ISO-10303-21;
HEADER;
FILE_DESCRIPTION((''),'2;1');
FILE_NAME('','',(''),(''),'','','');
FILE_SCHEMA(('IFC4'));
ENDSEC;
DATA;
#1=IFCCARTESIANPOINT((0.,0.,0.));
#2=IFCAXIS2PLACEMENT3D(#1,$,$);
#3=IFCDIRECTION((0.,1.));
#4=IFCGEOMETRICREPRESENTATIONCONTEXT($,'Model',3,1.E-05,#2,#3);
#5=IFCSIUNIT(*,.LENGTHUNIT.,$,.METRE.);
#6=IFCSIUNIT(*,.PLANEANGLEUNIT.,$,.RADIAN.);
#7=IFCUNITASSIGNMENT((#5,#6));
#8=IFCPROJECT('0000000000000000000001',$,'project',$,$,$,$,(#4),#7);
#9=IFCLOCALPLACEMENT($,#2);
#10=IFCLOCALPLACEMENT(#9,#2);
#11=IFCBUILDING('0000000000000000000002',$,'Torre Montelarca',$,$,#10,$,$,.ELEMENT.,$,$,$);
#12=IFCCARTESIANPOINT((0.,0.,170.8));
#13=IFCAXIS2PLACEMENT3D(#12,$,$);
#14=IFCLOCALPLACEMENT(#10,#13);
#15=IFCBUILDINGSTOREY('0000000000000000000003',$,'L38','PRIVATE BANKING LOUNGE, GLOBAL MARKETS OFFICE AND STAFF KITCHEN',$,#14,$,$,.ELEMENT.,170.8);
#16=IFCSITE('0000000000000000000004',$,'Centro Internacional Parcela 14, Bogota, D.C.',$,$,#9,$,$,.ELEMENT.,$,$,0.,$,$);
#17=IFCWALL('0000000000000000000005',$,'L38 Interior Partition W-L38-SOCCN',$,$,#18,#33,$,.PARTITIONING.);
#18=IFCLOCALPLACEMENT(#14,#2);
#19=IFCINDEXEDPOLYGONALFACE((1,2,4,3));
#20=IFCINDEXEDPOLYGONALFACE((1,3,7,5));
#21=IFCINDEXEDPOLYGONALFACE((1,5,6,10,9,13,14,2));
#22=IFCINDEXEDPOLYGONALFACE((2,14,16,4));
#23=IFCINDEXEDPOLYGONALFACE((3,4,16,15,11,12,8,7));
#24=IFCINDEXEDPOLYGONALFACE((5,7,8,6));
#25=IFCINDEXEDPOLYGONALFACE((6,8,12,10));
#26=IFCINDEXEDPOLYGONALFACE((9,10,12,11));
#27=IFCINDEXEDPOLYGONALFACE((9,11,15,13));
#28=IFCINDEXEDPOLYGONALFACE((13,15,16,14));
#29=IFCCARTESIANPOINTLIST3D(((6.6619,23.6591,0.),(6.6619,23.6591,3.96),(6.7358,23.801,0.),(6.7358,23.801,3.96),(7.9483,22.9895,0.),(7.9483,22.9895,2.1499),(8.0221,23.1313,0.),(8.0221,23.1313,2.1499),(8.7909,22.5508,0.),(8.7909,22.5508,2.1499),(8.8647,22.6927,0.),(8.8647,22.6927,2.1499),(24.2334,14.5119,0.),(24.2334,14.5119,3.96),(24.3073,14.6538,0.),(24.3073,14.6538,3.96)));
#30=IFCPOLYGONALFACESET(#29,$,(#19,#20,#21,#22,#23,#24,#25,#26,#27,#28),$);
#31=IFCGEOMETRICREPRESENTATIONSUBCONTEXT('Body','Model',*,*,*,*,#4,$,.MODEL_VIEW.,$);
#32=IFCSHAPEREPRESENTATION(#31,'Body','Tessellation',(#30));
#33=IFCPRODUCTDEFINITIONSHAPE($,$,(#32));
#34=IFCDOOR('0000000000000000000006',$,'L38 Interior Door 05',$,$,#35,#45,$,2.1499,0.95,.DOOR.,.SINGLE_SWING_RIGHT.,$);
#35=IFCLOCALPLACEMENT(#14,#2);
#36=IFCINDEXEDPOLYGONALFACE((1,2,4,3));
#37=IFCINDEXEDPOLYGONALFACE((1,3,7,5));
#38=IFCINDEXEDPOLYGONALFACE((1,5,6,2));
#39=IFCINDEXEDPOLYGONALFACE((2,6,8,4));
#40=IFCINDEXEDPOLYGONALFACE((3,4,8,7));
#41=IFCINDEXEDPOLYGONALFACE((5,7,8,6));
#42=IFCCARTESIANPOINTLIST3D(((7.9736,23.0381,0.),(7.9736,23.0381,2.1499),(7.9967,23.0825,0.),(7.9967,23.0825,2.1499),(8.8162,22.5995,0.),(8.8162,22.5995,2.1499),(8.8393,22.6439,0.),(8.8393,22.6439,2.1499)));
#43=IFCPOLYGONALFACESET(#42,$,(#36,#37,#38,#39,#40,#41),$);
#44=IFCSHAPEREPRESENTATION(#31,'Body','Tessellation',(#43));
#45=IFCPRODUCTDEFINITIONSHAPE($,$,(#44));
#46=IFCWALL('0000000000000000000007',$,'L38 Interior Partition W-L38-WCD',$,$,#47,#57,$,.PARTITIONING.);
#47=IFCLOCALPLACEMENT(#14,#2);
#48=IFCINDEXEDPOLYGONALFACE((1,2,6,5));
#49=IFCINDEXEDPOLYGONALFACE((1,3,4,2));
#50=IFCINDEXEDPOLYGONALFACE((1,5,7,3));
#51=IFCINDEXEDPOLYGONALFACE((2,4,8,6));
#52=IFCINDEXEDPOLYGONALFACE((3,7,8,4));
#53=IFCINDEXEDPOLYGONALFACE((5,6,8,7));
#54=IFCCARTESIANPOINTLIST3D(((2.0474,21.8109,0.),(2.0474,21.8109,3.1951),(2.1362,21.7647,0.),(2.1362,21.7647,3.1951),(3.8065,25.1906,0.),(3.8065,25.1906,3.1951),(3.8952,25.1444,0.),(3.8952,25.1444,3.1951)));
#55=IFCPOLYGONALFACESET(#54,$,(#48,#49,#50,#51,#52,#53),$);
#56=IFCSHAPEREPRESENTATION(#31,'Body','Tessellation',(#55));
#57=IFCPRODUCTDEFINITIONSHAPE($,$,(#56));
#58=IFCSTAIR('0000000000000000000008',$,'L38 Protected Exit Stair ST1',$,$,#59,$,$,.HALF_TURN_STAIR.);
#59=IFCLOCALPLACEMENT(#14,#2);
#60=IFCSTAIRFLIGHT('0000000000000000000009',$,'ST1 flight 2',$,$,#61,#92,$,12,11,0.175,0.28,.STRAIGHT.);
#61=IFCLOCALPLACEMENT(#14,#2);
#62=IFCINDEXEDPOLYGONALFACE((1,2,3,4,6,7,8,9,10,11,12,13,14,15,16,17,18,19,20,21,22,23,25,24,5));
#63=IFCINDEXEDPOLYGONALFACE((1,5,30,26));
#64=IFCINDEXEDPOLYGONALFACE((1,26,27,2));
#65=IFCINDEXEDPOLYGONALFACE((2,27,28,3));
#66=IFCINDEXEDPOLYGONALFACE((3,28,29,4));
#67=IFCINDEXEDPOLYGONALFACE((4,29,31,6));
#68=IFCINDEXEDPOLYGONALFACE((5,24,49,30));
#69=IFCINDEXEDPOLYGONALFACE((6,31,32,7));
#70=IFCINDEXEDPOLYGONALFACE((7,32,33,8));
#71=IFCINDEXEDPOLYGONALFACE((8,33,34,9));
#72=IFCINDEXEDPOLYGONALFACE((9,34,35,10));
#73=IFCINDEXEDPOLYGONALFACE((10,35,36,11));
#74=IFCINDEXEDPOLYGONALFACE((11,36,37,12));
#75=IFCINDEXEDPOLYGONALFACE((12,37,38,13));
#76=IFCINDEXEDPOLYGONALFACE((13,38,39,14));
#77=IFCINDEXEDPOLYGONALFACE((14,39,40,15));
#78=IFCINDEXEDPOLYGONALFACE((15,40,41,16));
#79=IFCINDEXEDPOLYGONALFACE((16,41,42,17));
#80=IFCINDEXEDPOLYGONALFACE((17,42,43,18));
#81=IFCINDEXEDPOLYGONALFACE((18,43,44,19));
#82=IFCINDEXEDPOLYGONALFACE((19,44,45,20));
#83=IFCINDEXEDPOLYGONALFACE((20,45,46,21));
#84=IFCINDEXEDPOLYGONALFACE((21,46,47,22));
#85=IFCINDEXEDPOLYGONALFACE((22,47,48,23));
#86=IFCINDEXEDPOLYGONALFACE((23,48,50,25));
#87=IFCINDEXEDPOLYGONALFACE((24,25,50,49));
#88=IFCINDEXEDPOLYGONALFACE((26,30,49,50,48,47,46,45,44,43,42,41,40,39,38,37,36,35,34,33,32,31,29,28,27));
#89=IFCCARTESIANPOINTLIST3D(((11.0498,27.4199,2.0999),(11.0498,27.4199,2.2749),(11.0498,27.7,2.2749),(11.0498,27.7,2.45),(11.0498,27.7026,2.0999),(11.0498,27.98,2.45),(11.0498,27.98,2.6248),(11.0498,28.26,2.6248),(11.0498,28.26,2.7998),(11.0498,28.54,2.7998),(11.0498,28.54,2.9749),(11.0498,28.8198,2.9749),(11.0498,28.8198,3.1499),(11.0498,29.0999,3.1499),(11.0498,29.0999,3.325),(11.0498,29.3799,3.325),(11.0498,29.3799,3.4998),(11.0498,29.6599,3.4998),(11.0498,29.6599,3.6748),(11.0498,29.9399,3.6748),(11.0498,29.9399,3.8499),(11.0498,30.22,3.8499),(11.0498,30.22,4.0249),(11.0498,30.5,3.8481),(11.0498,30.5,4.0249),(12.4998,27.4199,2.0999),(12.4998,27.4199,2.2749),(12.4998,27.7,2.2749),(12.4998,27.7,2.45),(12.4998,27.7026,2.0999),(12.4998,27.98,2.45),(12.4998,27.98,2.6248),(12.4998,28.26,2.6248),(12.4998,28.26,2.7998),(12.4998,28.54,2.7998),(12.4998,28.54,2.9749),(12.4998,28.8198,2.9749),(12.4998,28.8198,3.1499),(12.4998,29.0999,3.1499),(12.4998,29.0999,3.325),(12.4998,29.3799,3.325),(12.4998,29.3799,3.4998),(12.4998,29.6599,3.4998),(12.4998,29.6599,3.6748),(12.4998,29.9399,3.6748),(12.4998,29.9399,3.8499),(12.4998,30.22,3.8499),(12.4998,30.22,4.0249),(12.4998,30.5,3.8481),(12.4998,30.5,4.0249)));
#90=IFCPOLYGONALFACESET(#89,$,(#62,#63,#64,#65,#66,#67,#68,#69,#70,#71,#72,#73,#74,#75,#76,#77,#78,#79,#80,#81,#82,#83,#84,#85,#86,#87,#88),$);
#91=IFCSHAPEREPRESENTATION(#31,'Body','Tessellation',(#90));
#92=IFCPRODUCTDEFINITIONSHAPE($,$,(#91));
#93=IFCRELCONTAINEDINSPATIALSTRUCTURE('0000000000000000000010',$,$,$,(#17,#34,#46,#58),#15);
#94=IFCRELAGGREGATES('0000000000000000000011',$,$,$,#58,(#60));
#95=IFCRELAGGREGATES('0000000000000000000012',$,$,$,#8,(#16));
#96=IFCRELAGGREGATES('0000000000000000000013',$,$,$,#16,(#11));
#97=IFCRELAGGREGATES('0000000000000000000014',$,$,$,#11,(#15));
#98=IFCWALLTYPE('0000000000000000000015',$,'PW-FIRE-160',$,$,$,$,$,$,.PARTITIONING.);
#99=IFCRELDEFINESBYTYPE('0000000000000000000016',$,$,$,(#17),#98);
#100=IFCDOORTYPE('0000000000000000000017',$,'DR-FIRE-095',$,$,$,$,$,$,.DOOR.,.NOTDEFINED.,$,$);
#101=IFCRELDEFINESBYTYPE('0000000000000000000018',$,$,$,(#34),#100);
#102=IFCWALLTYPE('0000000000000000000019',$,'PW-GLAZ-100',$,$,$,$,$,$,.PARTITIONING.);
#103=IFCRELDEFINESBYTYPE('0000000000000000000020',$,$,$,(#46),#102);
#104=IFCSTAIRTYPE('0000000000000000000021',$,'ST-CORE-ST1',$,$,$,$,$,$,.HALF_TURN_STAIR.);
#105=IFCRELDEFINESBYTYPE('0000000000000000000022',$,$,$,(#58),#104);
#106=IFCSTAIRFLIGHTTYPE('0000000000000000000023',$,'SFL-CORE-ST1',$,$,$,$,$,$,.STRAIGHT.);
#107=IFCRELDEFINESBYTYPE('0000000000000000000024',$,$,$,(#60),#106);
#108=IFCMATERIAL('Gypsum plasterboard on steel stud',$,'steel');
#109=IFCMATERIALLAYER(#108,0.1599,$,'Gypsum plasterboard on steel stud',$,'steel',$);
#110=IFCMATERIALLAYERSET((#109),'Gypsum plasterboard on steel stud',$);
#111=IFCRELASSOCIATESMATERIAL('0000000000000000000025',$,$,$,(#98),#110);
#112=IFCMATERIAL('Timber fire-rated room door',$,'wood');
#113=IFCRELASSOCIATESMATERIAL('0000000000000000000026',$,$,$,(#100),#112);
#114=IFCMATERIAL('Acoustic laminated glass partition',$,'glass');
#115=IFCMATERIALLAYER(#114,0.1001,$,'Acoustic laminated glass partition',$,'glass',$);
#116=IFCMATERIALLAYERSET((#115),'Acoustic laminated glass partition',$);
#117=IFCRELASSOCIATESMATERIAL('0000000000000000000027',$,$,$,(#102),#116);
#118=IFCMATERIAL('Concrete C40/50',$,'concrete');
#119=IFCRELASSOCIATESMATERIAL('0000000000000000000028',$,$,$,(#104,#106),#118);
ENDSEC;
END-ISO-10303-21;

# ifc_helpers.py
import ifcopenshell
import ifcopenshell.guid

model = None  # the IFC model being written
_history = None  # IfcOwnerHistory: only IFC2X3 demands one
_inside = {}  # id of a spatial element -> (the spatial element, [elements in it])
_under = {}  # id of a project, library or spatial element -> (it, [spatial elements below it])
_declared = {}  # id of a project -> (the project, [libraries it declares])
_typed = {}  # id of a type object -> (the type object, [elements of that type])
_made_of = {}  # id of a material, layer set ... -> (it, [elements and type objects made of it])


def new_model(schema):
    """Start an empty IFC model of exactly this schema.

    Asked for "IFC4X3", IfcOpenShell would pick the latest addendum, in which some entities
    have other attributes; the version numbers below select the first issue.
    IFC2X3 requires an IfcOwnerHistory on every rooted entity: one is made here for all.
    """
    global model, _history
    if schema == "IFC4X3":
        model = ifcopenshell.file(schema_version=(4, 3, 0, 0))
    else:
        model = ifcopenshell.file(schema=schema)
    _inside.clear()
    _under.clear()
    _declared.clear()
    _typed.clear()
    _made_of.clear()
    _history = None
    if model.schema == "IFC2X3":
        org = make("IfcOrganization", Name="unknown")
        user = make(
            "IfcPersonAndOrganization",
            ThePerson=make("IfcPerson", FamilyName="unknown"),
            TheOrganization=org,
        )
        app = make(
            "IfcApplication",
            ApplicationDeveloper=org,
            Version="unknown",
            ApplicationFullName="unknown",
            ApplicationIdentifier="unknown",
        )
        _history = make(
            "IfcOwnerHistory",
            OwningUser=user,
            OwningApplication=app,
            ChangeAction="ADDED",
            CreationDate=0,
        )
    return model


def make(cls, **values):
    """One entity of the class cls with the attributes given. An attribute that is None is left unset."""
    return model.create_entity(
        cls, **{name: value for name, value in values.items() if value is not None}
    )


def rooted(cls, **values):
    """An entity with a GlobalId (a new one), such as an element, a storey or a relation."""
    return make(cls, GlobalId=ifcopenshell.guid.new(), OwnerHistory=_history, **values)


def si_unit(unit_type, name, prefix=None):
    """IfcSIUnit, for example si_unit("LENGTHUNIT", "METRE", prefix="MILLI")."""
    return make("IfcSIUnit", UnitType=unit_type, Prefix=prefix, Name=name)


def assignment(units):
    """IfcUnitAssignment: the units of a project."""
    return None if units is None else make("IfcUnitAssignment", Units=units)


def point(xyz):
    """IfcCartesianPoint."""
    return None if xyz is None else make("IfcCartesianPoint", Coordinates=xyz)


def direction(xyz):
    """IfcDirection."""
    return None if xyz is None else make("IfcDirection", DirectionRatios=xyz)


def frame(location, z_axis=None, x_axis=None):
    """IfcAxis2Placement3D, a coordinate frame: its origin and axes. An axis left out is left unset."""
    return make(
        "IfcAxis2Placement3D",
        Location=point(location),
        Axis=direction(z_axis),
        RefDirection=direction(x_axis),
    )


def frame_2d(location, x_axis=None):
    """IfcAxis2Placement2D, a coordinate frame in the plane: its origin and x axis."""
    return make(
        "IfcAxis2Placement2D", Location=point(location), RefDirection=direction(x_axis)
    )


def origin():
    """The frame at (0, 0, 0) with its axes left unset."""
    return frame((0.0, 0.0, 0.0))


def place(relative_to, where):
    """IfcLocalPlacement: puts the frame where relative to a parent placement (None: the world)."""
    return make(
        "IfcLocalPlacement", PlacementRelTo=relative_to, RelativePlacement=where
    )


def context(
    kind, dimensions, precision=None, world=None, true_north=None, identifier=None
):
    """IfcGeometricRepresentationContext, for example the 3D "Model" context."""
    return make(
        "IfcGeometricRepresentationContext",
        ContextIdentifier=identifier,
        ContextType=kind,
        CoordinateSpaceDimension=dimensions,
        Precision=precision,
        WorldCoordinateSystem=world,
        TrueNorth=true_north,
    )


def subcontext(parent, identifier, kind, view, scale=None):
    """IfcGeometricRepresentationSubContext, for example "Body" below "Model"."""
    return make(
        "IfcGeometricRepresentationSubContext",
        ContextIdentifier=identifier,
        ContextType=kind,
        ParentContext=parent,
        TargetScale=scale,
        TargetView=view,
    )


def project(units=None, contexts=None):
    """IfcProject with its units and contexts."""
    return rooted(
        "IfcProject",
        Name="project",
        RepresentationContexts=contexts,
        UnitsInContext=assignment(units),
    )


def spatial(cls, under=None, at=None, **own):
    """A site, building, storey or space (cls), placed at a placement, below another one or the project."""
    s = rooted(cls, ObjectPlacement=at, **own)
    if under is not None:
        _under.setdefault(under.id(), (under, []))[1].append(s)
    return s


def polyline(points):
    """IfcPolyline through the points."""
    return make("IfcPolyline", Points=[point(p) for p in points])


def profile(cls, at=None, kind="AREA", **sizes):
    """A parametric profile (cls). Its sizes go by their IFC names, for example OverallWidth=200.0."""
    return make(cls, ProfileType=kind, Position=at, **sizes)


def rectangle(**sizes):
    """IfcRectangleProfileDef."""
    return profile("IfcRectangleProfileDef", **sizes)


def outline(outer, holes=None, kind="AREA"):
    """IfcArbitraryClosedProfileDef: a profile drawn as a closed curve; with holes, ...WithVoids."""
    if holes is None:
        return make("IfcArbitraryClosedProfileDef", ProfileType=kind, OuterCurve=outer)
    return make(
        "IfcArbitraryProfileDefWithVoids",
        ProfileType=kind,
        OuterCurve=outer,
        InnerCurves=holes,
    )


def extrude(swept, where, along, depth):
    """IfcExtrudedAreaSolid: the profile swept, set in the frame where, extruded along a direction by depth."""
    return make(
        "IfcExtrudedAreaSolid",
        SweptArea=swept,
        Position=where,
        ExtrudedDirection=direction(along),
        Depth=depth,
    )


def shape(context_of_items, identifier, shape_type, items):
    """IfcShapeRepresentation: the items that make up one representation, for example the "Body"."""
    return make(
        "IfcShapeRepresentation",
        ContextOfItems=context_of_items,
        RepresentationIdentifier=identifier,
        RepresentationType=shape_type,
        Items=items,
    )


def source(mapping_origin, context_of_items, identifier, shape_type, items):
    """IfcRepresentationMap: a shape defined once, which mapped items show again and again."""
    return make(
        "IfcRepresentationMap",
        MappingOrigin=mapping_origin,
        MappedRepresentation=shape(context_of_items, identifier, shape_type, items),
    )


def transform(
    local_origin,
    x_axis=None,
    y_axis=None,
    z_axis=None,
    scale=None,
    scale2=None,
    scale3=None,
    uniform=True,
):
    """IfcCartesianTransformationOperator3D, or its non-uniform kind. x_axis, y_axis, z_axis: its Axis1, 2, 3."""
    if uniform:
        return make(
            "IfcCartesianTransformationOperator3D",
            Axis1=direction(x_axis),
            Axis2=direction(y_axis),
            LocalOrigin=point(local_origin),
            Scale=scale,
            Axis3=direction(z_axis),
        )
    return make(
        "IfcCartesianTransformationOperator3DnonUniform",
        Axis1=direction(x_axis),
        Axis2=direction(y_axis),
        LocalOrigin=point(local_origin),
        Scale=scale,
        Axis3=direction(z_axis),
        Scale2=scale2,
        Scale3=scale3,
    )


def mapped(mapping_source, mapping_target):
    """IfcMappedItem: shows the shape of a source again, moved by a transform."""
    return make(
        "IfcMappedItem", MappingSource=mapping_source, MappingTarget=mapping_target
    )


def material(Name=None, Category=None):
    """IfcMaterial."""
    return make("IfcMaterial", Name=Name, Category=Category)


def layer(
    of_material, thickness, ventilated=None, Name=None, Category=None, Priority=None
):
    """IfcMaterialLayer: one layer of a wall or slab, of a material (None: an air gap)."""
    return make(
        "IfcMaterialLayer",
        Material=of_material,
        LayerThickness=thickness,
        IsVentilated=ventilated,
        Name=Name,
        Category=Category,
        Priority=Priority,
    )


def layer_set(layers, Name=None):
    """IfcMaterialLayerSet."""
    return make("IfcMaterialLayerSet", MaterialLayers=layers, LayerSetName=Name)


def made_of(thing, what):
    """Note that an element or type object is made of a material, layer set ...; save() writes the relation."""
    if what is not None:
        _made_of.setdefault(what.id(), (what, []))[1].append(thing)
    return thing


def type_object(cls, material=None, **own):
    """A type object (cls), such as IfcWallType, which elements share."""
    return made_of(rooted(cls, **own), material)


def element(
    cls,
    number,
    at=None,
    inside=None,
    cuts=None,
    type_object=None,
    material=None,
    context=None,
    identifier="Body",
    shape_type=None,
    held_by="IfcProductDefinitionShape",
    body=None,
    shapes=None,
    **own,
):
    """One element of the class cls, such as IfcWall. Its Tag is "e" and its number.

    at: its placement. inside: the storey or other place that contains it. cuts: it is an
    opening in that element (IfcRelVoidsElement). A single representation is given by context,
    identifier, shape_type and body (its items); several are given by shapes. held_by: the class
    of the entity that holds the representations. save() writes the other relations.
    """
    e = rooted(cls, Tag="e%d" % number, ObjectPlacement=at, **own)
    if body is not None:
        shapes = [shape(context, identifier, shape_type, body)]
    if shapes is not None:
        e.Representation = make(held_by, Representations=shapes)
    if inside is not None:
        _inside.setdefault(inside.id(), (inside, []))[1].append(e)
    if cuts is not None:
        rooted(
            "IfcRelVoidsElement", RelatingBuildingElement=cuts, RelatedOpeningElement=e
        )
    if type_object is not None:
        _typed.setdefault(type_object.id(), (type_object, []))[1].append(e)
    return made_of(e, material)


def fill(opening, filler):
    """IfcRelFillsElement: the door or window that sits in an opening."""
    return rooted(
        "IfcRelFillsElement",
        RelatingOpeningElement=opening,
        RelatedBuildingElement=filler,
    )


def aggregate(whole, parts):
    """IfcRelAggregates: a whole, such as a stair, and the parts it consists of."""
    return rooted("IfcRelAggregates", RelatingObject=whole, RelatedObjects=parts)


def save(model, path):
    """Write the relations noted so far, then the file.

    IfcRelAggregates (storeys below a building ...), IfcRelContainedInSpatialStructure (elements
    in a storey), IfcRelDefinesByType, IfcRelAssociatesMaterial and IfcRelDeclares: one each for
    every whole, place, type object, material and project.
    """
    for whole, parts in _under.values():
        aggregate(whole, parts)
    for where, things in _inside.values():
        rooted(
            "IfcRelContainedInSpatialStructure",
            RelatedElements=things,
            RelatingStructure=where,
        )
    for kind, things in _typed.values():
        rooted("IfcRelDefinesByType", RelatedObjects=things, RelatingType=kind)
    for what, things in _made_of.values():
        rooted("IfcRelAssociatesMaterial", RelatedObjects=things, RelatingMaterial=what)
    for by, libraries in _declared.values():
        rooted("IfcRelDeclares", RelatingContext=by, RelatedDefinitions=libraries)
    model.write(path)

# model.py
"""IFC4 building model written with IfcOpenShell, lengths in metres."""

from ifc_helpers import new_model, si_unit, direction, frame, frame_2d, origin, place, context, subcontext, project, spatial, polyline, rectangle, outline, extrude, source, transform, mapped, material, layer, layer_set, type_object, element, fill, aggregate, save


model = new_model("IFC4")

# Units and contexts
model_context = context("Model", 3, precision=1e-05, world=origin(), true_north=direction((0.0, 1.0)))
body_context = subcontext(model_context, "Body", "Model", "MODEL_VIEW")
ifc_project = project(units=[si_unit("LENGTHUNIT", "METRE"), si_unit("PLANEANGLEUNIT", "RADIAN")], contexts=[model_context])

# Site, building, storey
site_placement = place(None, origin())
site = spatial("IfcSite", under=ifc_project, at=site_placement, Name="Centro Internacional Parcela 14, Bogota, D.C.", CompositionType="ELEMENT", RefElevation=0.0)
building_placement = place(site_placement, origin())
building = spatial("IfcBuilding", under=site, at=building_placement, Name="Torre Montelarca", CompositionType="ELEMENT")
storey_placement = place(building_placement, frame((0.0, 0.0, 170.8)))
storey = spatial("IfcBuildingStorey", under=building, at=storey_placement, Name="L38", Description="PRIVATE BANKING LOUNGE, GLOBAL MARKETS OFFICE AND STAFF KITCHEN", CompositionType="ELEMENT", Elevation=170.8)

# Shared definitions
ifc_material_1 = material(Name="Concrete C40/50", Category="concrete")

# Shared definitions
ifc_material_2 = material(Name="Gypsum plasterboard on steel stud", Category="steel")
ifc_layer_1 = layer(ifc_material_2, 0.1599, Name="Gypsum plasterboard on steel stud", Category="steel")
ifc_layer_set_1 = layer_set([ifc_layer_1], Name="Gypsum plasterboard on steel stud")
wall_type_1 = type_object("IfcWallType", Name="PW-FIRE-160", PredefinedType="PARTITIONING", material=ifc_layer_set_1)

# Wall, opening, door
wall_1_placement = place(storey_placement, frame((6.699, 23.73, 0.0), z_axis=(0.0, 0.0, 1.0), x_axis=(0.88701, -0.461751, 0.0)))
wall_1 = element("IfcWall", 1, at=wall_1_placement, inside=storey, type_object=wall_type_1, Name="L38 Interior Partition W-L38-SOCCN", PredefinedType="PARTITIONING", context=body_context, shape_type="SweptSolid", body=[
    extrude(rectangle(XDim=19.8098, YDim=0.1599, at=frame_2d((9.9048, 0.0))), origin(), (0.0, 0.0, 1.0), 3.96),
])
opening_1_placement = place(wall_1_placement, frame((1.45, 0.0, 0.0)))
opening_1 = element("IfcOpeningElement", 2, at=opening_1_placement, cuts=wall_1, PredefinedType="OPENING", context=body_context, shape_type="SweptSolid", body=[
    extrude(rectangle(XDim=0.95, YDim=2.1499, at=frame_2d((0.4751, 1.075))), frame((0.0, 0.0898, 0.0), z_axis=(0.0, -1.0, 0.0), x_axis=(1.0, 0.0, 0.0)), (0.0, 0.0, 1.0), 0.1799),
])
ifc_material_3 = material(Name="Timber fire-rated room door", Category="wood")
door_type_1 = type_object("IfcDoorType", Name="DR-FIRE-095", OperationType="NOTDEFINED", PredefinedType="DOOR", material=ifc_material_3)
shared_shape_1 = source(origin(), body_context, "Body", "SweptSolid", [
    extrude(rectangle(XDim=0.95, YDim=2.1499, at=frame_2d((0.4751, 1.075))), frame((0.0, 0.0249, 0.0), z_axis=(0.0, -1.0, 0.0), x_axis=(1.0, 0.0, 0.0)), (0.0, 0.0, 1.0), 0.05),
])
door_1_placement = place(opening_1_placement, origin())
door_1 = element("IfcDoor", 3, at=door_1_placement, inside=storey, type_object=door_type_1, Name="L38 Interior Door 05", OperationType="SINGLE_SWING_RIGHT", OverallHeight=2.1499, OverallWidth=0.95, PredefinedType="DOOR", context=body_context, shape_type="MappedRepresentation", body=[
    mapped(shared_shape_1, transform((0.0, 0.0, 0.0), scale=1.0)),
])
fill(opening_1, door_1)

# Wall
ifc_material_4 = material(Name="Acoustic laminated glass partition", Category="glass")
ifc_layer_2 = layer(ifc_material_4, 0.1001, Name="Acoustic laminated glass partition", Category="glass")
ifc_layer_set_2 = layer_set([ifc_layer_2], Name="Acoustic laminated glass partition")
wall_type_2 = type_object("IfcWallType", Name="PW-GLAZ-100", PredefinedType="PARTITIONING", material=ifc_layer_set_2)
wall_2_placement = place(storey_placement, frame((2.0918, 21.7878, 0.0), z_axis=(0.0, 0.0, 1.0), x_axis=(0.461688, 0.887043, 0.0)))
element("IfcWall", 4, at=wall_2_placement, inside=storey, type_object=wall_type_2, Name="L38 Interior Partition W-L38-WCD", PredefinedType="PARTITIONING", context=body_context, shape_type="SweptSolid", body=[
    extrude(rectangle(XDim=3.8101, YDim=0.1001, at=frame_2d((1.905, 0.0))), origin(), (0.0, 0.0, 1.0), 3.1951),
])

# Stair, stair flight
stair_type = type_object("IfcStairType", Name="ST-CORE-ST1", PredefinedType="HALF_TURN_STAIR", material=ifc_material_1)
stair_placement = place(storey_placement, origin())
stair = element("IfcStair", 5, at=stair_placement, inside=storey, type_object=stair_type, Name="L38 Protected Exit Stair ST1", PredefinedType="HALF_TURN_STAIR")
stair_flight_type = type_object("IfcStairFlightType", Name="SFL-CORE-ST1", PredefinedType="STRAIGHT", material=ifc_material_1)
stair_flight_placement = place(storey_placement, frame((11.7749, 27.4199, 2.0999), z_axis=(0.0, 0.0, 1.0), x_axis=(0.0, 1.0, 0.0)))
stair_flight = element("IfcStairFlight", 6, at=stair_flight_placement, type_object=stair_flight_type, Name="ST1 flight 2", NumberOfRisers=12, NumberOfTreads=11, PredefinedType="STRAIGHT", RiserHeight=0.175, TreadLength=0.28, context=body_context, shape_type="SweptSolid", body=[
    extrude(outline(polyline([(0.0, 0.0), (0.0, 0.175), (0.28, 0.175), (0.28, 0.3501), (0.5601, 0.3501), (0.5601, 0.5249), (0.8401, 0.5249), (0.8401, 0.7), (1.1201, 0.7), (1.1201, 0.875), (1.3999, 0.875), (1.3999, 1.05), (1.6799, 1.05), (1.6799, 1.2251), (1.96, 1.2251), (1.96, 1.3999), (2.24, 1.3999), (2.24, 1.575), (2.52, 1.575), (2.52, 1.75), (2.8, 1.75), (2.8, 1.925), (3.0801, 1.925), (3.0801, 2.1001), (3.0801, 1.7483), (0.2827, 0.0), (0.0, 0.0)])), frame((0.0, 0.7251, 0.0), z_axis=(0.0, -1.0, 0.0), x_axis=(1.0, 0.0, 0.0)), (0.0, 0.0, 1.0), 1.45),
])
aggregate(stair, [stair_flight])

save(model, "model.ifc")
